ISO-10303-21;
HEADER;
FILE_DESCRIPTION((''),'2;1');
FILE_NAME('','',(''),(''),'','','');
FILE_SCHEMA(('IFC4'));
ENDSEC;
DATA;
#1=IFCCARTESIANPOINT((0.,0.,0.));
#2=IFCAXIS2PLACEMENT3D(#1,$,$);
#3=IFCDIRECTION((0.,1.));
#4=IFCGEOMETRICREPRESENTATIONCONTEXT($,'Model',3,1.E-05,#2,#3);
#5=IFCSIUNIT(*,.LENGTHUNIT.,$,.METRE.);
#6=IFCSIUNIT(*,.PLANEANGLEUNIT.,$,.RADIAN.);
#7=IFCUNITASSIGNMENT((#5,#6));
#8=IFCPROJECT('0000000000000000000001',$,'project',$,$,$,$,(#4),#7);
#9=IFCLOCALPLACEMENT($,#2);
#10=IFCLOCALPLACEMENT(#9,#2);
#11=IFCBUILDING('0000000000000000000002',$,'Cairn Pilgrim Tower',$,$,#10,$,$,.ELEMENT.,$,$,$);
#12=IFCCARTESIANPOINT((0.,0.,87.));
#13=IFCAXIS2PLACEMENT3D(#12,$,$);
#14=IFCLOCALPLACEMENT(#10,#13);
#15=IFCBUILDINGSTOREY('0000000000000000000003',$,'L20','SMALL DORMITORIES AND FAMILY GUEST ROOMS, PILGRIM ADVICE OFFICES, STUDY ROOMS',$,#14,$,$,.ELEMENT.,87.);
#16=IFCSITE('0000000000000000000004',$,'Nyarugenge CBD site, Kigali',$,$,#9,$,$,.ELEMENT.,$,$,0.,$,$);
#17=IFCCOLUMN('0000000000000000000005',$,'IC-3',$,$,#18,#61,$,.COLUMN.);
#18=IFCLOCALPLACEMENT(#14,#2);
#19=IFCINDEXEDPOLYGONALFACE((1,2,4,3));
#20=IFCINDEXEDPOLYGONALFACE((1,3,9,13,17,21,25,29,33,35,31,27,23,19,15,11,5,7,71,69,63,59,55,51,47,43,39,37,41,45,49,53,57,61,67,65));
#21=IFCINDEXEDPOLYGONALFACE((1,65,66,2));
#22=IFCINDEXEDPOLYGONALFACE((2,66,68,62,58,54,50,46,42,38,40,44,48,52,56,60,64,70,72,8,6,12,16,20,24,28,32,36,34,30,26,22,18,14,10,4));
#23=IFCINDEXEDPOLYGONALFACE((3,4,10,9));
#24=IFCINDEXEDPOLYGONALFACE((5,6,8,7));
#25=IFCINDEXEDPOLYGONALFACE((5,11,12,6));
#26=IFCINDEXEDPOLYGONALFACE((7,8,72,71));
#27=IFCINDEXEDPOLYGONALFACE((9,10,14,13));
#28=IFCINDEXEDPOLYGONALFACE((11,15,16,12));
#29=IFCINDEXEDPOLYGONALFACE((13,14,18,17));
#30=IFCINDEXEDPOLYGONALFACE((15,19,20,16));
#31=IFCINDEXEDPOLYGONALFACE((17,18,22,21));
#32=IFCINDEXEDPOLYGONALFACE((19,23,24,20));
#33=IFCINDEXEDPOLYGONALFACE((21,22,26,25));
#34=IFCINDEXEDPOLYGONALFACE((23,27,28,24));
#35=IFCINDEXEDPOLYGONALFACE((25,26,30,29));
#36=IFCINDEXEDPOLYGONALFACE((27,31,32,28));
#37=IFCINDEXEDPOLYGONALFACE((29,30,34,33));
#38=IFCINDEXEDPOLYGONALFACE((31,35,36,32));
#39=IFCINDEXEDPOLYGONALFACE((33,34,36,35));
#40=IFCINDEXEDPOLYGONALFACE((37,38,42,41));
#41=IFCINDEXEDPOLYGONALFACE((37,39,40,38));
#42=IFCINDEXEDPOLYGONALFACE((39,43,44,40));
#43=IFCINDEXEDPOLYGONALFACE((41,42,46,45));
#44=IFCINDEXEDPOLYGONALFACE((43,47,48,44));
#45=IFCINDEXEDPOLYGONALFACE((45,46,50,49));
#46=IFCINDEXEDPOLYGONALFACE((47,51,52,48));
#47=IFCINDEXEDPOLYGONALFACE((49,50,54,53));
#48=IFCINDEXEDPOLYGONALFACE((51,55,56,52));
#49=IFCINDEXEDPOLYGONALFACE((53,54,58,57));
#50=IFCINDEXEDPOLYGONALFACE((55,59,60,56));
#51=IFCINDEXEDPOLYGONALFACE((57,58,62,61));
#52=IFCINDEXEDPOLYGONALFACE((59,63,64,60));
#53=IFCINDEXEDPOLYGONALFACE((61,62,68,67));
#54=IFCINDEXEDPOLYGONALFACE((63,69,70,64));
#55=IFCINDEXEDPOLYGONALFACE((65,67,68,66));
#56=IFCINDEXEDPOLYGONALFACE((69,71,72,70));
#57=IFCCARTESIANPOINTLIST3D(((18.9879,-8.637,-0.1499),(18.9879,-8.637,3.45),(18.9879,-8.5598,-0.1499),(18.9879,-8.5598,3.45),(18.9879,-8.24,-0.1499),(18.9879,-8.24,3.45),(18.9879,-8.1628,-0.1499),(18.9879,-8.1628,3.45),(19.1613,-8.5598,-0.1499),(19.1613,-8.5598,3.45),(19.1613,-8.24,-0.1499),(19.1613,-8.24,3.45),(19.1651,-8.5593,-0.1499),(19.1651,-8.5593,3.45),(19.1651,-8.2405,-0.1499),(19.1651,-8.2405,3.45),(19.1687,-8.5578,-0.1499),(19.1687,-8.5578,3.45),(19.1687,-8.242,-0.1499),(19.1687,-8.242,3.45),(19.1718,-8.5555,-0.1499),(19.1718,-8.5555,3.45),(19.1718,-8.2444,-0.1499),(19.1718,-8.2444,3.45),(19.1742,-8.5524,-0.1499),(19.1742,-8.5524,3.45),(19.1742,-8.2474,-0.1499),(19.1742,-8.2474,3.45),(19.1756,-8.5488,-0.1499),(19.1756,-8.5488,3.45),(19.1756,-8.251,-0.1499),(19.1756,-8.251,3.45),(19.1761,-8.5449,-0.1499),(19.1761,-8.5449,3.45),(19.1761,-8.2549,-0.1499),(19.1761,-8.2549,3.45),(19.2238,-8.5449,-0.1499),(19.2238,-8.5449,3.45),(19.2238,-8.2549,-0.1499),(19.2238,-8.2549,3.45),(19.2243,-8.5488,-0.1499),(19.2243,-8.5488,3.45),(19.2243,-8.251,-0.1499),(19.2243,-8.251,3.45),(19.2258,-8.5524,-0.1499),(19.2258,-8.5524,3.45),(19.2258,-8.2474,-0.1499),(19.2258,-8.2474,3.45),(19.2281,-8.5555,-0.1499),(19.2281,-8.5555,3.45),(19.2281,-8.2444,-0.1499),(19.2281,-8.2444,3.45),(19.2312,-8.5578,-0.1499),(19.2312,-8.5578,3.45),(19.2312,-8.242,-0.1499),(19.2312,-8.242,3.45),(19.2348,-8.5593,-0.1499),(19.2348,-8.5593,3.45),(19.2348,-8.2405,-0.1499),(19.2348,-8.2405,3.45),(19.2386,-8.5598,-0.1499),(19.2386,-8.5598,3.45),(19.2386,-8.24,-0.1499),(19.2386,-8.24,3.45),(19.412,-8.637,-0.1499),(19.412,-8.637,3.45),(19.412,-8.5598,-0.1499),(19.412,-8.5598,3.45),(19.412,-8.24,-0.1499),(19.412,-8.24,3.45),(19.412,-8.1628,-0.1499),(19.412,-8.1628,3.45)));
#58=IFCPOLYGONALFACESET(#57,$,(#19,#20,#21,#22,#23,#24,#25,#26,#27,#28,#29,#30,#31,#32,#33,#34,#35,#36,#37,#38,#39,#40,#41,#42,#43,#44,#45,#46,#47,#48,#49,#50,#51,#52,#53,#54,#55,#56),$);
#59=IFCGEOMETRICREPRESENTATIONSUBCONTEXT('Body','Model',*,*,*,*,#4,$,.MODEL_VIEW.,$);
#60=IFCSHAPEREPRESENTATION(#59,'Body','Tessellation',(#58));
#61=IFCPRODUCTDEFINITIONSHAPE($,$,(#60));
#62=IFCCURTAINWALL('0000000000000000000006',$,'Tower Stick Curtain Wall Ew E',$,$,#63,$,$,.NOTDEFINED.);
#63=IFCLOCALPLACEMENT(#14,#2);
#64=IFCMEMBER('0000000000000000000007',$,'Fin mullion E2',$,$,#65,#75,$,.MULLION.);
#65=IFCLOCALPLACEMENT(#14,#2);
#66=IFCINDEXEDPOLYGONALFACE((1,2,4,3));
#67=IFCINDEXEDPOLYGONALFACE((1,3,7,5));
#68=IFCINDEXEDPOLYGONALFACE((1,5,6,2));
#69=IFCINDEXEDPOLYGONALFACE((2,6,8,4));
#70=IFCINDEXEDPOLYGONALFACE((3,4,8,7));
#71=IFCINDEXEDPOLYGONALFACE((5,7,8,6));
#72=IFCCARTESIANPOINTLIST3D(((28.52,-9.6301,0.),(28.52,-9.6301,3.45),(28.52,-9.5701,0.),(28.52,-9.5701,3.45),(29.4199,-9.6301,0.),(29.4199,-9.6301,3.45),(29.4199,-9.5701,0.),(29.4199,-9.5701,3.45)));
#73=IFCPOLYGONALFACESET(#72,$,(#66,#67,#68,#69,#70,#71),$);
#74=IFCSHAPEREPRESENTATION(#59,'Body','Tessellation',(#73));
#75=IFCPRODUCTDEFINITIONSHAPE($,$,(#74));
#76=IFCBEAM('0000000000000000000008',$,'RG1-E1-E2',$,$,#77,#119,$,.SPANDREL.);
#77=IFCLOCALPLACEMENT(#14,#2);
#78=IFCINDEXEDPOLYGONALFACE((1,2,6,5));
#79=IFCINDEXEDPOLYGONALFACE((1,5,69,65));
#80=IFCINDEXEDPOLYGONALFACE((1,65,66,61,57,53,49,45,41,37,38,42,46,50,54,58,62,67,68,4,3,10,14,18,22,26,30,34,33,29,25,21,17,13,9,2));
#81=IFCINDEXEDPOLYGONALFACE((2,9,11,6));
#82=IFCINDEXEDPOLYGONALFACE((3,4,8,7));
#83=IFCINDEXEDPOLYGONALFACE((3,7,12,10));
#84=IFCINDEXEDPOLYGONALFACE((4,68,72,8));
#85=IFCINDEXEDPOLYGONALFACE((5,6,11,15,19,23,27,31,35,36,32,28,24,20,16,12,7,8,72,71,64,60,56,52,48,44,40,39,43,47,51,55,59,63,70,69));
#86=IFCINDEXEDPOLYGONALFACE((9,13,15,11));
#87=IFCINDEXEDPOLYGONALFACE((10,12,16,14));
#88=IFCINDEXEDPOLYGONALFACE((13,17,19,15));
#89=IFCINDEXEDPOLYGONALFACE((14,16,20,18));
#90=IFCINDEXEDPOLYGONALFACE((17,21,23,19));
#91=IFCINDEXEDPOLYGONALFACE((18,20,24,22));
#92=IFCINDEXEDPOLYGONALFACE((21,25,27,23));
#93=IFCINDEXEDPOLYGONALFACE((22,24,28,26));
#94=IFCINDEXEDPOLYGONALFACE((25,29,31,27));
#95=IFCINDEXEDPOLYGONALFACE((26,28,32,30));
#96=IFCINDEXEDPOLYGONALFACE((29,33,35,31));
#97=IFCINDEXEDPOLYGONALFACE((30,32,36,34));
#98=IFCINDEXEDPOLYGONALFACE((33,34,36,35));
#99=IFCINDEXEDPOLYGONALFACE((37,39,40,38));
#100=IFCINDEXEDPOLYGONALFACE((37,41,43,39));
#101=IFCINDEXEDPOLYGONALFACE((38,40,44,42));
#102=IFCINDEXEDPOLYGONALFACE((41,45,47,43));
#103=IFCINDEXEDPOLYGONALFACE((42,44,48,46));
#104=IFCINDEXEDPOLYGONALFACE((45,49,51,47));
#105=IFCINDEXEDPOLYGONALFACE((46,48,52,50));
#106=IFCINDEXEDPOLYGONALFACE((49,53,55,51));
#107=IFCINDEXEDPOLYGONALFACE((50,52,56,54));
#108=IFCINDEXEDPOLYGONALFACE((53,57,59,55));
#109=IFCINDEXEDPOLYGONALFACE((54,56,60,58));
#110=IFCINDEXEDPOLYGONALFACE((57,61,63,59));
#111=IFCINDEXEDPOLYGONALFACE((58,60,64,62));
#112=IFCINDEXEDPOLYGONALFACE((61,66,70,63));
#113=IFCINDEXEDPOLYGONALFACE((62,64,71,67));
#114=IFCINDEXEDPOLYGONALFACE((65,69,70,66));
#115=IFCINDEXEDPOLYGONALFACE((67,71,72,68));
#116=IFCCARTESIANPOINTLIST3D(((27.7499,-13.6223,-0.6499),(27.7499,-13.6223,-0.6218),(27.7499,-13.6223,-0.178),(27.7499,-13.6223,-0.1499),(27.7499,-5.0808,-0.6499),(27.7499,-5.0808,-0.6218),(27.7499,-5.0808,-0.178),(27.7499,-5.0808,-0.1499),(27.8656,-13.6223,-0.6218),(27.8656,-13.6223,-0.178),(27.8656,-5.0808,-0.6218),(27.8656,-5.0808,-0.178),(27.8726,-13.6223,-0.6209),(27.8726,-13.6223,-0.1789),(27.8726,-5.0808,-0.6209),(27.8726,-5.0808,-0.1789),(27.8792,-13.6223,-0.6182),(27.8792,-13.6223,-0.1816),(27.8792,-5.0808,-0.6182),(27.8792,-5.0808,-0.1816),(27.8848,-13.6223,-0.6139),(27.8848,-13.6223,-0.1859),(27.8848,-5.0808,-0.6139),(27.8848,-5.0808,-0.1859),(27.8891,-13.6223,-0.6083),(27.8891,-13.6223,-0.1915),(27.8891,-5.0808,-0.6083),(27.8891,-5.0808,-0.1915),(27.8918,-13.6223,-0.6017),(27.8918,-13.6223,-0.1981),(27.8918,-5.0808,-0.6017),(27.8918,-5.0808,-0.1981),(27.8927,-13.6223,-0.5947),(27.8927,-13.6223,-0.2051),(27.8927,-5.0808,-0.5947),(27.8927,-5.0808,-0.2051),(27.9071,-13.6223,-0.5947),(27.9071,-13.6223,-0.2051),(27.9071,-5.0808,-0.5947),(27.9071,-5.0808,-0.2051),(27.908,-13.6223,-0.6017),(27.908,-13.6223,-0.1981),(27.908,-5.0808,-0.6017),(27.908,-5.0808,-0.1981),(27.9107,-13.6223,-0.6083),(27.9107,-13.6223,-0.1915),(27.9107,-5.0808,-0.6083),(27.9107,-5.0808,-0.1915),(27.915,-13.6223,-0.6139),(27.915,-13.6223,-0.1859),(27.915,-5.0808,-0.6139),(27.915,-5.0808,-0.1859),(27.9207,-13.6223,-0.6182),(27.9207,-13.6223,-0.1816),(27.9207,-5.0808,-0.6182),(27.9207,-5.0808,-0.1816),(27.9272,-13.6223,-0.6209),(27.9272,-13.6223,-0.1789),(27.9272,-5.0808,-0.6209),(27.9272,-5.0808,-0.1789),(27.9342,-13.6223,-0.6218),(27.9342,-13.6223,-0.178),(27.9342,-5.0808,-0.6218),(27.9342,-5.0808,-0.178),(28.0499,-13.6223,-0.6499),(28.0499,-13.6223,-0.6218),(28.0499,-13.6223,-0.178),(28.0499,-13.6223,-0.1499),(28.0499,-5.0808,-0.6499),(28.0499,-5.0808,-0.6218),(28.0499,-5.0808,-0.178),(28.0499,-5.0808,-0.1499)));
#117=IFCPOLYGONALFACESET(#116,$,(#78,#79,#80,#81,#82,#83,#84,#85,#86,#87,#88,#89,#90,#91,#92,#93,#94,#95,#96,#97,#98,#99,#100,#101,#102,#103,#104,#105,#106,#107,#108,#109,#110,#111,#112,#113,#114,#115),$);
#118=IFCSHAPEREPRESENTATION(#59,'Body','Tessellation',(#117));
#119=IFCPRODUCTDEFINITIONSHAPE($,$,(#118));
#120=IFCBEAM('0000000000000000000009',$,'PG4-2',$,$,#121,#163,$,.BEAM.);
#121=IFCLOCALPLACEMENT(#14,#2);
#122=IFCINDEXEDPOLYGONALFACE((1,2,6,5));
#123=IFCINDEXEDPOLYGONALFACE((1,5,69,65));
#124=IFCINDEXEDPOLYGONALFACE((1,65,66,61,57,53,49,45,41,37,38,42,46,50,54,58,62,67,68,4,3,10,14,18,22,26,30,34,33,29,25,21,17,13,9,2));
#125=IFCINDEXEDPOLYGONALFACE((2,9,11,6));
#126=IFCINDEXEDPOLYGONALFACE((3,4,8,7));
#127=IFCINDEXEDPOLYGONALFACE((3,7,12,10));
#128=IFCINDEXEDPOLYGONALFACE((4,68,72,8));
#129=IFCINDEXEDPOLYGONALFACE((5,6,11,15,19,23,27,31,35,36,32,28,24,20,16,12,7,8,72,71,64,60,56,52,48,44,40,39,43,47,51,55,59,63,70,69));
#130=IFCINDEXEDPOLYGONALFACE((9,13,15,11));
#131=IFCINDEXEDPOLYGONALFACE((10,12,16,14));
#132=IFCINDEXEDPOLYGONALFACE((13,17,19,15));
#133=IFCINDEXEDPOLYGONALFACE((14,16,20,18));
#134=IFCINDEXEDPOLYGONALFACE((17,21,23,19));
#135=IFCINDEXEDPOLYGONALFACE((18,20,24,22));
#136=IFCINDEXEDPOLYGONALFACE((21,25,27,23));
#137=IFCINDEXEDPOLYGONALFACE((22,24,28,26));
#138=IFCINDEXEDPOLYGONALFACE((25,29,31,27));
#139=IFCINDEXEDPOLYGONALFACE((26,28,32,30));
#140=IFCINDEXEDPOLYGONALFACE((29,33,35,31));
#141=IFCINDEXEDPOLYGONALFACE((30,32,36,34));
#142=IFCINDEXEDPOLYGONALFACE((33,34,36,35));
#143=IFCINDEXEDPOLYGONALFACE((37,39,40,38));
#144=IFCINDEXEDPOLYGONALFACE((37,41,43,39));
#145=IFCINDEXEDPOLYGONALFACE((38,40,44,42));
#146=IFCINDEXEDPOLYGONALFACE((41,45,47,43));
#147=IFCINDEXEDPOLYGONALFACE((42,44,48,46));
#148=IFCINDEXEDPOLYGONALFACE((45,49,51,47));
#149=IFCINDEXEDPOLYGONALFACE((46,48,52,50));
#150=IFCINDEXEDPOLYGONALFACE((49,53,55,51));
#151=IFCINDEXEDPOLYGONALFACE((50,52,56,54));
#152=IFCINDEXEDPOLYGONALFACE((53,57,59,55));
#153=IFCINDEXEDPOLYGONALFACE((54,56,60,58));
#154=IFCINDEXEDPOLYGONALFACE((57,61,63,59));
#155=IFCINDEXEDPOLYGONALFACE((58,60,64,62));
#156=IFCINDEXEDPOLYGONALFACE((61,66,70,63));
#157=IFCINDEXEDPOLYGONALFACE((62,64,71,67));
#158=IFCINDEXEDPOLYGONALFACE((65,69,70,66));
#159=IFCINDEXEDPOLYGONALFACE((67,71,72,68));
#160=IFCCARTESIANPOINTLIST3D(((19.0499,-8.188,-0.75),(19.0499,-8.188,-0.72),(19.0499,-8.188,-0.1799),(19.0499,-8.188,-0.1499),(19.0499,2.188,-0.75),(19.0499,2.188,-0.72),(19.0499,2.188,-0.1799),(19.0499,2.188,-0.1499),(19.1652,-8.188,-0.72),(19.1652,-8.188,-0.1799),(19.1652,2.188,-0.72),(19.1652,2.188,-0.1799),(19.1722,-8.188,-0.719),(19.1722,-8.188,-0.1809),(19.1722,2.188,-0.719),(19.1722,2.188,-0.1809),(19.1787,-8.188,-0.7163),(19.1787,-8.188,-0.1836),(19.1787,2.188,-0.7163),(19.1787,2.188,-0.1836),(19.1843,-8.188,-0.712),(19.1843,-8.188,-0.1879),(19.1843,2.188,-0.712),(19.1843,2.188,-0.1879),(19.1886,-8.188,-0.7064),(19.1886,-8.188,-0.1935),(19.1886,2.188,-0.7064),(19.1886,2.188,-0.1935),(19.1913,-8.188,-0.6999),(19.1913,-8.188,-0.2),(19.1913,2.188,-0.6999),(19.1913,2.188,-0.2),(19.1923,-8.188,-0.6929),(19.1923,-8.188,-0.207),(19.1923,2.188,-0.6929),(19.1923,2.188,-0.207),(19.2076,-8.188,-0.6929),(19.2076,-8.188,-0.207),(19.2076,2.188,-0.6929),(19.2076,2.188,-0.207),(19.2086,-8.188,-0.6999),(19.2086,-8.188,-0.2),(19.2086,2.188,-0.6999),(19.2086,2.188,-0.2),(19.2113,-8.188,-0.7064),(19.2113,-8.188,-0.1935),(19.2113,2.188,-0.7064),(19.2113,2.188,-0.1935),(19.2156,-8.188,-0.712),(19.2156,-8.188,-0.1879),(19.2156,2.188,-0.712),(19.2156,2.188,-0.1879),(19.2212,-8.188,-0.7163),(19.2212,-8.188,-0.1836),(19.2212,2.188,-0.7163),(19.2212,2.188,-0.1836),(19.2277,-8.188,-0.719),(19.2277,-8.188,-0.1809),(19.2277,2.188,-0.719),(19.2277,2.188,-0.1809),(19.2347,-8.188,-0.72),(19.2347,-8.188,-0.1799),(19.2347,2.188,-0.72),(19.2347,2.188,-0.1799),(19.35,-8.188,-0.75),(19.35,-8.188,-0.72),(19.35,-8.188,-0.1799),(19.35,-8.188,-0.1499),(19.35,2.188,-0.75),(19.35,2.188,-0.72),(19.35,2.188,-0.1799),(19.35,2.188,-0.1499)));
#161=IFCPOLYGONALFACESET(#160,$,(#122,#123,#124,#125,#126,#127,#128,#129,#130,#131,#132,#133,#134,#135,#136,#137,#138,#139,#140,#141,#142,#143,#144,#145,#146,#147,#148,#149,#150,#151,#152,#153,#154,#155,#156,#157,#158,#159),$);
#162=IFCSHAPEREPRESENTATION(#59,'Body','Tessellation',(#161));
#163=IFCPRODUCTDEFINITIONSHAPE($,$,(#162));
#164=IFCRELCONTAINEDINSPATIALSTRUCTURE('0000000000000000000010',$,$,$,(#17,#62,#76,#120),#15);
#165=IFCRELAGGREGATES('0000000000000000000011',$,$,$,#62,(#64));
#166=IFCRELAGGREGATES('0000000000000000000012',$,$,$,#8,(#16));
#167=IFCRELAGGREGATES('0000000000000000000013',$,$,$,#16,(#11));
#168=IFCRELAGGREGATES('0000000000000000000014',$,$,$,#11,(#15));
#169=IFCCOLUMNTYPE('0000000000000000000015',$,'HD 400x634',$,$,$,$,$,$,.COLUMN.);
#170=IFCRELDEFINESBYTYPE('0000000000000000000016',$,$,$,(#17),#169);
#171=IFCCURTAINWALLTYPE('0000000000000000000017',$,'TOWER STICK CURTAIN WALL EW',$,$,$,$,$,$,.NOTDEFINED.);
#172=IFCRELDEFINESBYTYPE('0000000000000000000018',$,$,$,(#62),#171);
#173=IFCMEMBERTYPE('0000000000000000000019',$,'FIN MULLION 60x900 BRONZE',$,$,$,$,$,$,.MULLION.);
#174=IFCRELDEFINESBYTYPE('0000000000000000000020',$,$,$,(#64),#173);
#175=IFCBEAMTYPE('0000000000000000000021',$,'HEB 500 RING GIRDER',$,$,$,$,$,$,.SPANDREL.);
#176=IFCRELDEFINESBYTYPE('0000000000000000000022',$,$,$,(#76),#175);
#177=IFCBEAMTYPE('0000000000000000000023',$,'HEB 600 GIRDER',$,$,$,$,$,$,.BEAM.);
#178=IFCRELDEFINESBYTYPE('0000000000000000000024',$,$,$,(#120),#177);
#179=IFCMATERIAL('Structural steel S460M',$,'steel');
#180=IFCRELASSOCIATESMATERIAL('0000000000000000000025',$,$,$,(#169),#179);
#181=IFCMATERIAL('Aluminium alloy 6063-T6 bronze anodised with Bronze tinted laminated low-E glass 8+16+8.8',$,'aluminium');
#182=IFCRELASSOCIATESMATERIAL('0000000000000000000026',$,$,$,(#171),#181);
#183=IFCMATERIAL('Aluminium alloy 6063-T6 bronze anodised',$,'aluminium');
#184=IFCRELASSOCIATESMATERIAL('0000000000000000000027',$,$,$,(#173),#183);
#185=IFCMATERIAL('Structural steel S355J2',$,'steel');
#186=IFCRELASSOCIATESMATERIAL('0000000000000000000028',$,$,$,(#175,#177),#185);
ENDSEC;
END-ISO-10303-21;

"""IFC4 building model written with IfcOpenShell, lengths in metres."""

from ifc_helpers import new_model, si_unit, direction, frame, origin, origin_2d, place, context, subcontext, project, spatial, rectangle, i_section, extrude, material, material_profile, profile_set, type_object, element, aggregate, save


model = new_model("IFC4")

# Units and contexts
model_context = context("Model", 3, precision=1e-05, world=origin(), true_north=direction((0.0, 1.0)))
body_context = subcontext(model_context, "Body", "Model", "MODEL_VIEW")
ifc_project = project(units=[si_unit("LENGTHUNIT", "METRE"), si_unit("PLANEANGLEUNIT", "RADIAN")], contexts=[model_context])

# Site, building, storey
site_placement = place(None, origin())
site = spatial("IfcSite", under=ifc_project, at=site_placement, Name="Nyarugenge CBD site, Kigali", CompositionType="ELEMENT", RefElevation=0.0)
building_placement = place(site_placement, origin())
building = spatial("IfcBuilding", under=site, at=building_placement, Name="Cairn Pilgrim Tower", CompositionType="ELEMENT")
storey_placement = place(building_placement, frame((0.0, 0.0, 87.0)))
storey = spatial("IfcBuildingStorey", under=building, at=storey_placement, Name="L20", Description="SMALL DORMITORIES AND FAMILY GUEST ROOMS, PILGRIM ADVICE OFFICES, STUDY ROOMS", CompositionType="ELEMENT", Elevation=87.0)

# Column
ifc_material_1 = material(Name="Structural steel S460M", Category="steel")
ifc_material_profile_1 = material_profile(ifc_material_1, i_section(OverallWidth=0.4241, OverallDepth=0.4741, WebThickness=0.0476, FlangeThickness=0.0771, FilletRadius=0.0149, at=origin_2d()), Name="HD 400x634")
ifc_profile_set_1 = profile_set([ifc_material_profile_1], Name="Structural steel S460M")
column_type_1 = type_object("IfcColumnType", Name="HD 400x634", PredefinedType="COLUMN", material=ifc_profile_set_1)
column_1_placement = place(storey_placement, frame((19.2, -8.3999, -0.1499), z_axis=(0.0, 0.0, 1.0), x_axis=(1.0, 0.0, 0.0)))
element("IfcColumn", 1, at=column_1_placement, inside=storey, type_object=column_type_1, Name="IC-3", PredefinedType="COLUMN", context=body_context, shape_type="SweptSolid", body=[
    extrude(i_section(OverallWidth=0.4241, OverallDepth=0.4741, WebThickness=0.0476, FlangeThickness=0.0771, FilletRadius=0.0149, at=origin_2d()), origin(), (0.0, 0.0, 1.0), 3.5999),
])

# Curtain wall, member
ifc_material_2 = material(Name="Aluminium alloy 6063-T6 bronze anodised with Bronze tinted laminated low-E glass 8+16+8.8", Category="aluminium")
curtain_wall_type = type_object("IfcCurtainWallType", Name="TOWER STICK CURTAIN WALL EW", PredefinedType="NOTDEFINED", material=ifc_material_2)
curtain_wall_placement = place(storey_placement, origin())
curtain_wall = element("IfcCurtainWall", 2, at=curtain_wall_placement, inside=storey, type_object=curtain_wall_type, Name="Tower Stick Curtain Wall Ew E", PredefinedType="NOTDEFINED")
ifc_material_3 = material(Name="Aluminium alloy 6063-T6 bronze anodised", Category="aluminium")
ifc_material_profile_2 = material_profile(ifc_material_3, rectangle(XDim=0.8999, YDim=0.0601, at=origin_2d()), Name="FIN MULLION 60x900 BRONZE")
ifc_profile_set_2 = profile_set([ifc_material_profile_2], Name="Aluminium alloy 6063-T6 bronze anodised")
member_type_1 = type_object("IfcMemberType", Name="FIN MULLION 60x900 BRONZE", PredefinedType="MULLION", material=ifc_profile_set_2)
member_1_placement = place(storey_placement, frame((28.97, -9.6001, 0.0), z_axis=(0.0, 0.0, 1.0), x_axis=(1.0, 0.0, 0.0)))
member_1 = element("IfcMember", 3, at=member_1_placement, type_object=member_type_1, Name="Fin mullion E2", PredefinedType="MULLION", context=body_context, shape_type="SweptSolid", body=[
    extrude(rectangle(XDim=0.8999, YDim=0.0601, at=origin_2d()), origin(), (0.0, 0.0, 1.0), 3.45),
])

# Beams
ifc_material_4 = material(Name="Structural steel S355J2", Category="steel")
ifc_material_profile_3 = material_profile(ifc_material_4, i_section(OverallWidth=0.3, OverallDepth=0.5, WebThickness=0.0144, FlangeThickness=0.0281, FilletRadius=0.0271, at=origin_2d()), Name="HEB 500")
ifc_profile_set_3 = profile_set([ifc_material_profile_3], Name="Structural steel S355J2")
beam_type_1 = type_object("IfcBeamType", Name="HEB 500 RING GIRDER", PredefinedType="SPANDREL", material=ifc_profile_set_3)
beam_1_placement = place(storey_placement, frame((27.8999, -13.6223, -0.3999), z_axis=(0.0, 1.0, 0.0), x_axis=(-1.0, 0.0, 0.0)))
element("IfcBeam", 4, at=beam_1_placement, inside=storey, type_object=beam_type_1, Name="RG1-E1-E2", PredefinedType="SPANDREL", context=body_context, shape_type="SweptSolid", body=[
    extrude(i_section(OverallWidth=0.3, OverallDepth=0.5, WebThickness=0.0144, FlangeThickness=0.0281, FilletRadius=0.0271, at=origin_2d()), origin(), (0.0, 0.0, 1.0), 8.5415),
])
ifc_material_profile_4 = material_profile(ifc_material_4, i_section(OverallWidth=0.3, OverallDepth=0.6001, WebThickness=0.0154, FlangeThickness=0.03, FilletRadius=0.0271, at=origin_2d()), Name="HEB 600")
ifc_profile_set_4 = profile_set([ifc_material_profile_4], Name="Structural steel S355J2")
beam_type_2 = type_object("IfcBeamType", Name="HEB 600 GIRDER", PredefinedType="BEAM", material=ifc_profile_set_4)
beam_2_placement = place(storey_placement, frame((19.2, -8.188, -0.45), z_axis=(0.0, 1.0, 0.0), x_axis=(-1.0, 0.0, 0.0)))
element("IfcBeam", 5, at=beam_2_placement, inside=storey, type_object=beam_type_2, Name="PG4-2", PredefinedType="BEAM", context=body_context, shape_type="SweptSolid", body=[
    extrude(i_section(OverallWidth=0.3, OverallDepth=0.6001, WebThickness=0.0154, FlangeThickness=0.03, FilletRadius=0.0271, at=origin_2d()), origin(), (0.0, 0.0, 1.0), 10.376),
])

aggregate(curtain_wall, [member_1])

save(model, "model.ifc")
